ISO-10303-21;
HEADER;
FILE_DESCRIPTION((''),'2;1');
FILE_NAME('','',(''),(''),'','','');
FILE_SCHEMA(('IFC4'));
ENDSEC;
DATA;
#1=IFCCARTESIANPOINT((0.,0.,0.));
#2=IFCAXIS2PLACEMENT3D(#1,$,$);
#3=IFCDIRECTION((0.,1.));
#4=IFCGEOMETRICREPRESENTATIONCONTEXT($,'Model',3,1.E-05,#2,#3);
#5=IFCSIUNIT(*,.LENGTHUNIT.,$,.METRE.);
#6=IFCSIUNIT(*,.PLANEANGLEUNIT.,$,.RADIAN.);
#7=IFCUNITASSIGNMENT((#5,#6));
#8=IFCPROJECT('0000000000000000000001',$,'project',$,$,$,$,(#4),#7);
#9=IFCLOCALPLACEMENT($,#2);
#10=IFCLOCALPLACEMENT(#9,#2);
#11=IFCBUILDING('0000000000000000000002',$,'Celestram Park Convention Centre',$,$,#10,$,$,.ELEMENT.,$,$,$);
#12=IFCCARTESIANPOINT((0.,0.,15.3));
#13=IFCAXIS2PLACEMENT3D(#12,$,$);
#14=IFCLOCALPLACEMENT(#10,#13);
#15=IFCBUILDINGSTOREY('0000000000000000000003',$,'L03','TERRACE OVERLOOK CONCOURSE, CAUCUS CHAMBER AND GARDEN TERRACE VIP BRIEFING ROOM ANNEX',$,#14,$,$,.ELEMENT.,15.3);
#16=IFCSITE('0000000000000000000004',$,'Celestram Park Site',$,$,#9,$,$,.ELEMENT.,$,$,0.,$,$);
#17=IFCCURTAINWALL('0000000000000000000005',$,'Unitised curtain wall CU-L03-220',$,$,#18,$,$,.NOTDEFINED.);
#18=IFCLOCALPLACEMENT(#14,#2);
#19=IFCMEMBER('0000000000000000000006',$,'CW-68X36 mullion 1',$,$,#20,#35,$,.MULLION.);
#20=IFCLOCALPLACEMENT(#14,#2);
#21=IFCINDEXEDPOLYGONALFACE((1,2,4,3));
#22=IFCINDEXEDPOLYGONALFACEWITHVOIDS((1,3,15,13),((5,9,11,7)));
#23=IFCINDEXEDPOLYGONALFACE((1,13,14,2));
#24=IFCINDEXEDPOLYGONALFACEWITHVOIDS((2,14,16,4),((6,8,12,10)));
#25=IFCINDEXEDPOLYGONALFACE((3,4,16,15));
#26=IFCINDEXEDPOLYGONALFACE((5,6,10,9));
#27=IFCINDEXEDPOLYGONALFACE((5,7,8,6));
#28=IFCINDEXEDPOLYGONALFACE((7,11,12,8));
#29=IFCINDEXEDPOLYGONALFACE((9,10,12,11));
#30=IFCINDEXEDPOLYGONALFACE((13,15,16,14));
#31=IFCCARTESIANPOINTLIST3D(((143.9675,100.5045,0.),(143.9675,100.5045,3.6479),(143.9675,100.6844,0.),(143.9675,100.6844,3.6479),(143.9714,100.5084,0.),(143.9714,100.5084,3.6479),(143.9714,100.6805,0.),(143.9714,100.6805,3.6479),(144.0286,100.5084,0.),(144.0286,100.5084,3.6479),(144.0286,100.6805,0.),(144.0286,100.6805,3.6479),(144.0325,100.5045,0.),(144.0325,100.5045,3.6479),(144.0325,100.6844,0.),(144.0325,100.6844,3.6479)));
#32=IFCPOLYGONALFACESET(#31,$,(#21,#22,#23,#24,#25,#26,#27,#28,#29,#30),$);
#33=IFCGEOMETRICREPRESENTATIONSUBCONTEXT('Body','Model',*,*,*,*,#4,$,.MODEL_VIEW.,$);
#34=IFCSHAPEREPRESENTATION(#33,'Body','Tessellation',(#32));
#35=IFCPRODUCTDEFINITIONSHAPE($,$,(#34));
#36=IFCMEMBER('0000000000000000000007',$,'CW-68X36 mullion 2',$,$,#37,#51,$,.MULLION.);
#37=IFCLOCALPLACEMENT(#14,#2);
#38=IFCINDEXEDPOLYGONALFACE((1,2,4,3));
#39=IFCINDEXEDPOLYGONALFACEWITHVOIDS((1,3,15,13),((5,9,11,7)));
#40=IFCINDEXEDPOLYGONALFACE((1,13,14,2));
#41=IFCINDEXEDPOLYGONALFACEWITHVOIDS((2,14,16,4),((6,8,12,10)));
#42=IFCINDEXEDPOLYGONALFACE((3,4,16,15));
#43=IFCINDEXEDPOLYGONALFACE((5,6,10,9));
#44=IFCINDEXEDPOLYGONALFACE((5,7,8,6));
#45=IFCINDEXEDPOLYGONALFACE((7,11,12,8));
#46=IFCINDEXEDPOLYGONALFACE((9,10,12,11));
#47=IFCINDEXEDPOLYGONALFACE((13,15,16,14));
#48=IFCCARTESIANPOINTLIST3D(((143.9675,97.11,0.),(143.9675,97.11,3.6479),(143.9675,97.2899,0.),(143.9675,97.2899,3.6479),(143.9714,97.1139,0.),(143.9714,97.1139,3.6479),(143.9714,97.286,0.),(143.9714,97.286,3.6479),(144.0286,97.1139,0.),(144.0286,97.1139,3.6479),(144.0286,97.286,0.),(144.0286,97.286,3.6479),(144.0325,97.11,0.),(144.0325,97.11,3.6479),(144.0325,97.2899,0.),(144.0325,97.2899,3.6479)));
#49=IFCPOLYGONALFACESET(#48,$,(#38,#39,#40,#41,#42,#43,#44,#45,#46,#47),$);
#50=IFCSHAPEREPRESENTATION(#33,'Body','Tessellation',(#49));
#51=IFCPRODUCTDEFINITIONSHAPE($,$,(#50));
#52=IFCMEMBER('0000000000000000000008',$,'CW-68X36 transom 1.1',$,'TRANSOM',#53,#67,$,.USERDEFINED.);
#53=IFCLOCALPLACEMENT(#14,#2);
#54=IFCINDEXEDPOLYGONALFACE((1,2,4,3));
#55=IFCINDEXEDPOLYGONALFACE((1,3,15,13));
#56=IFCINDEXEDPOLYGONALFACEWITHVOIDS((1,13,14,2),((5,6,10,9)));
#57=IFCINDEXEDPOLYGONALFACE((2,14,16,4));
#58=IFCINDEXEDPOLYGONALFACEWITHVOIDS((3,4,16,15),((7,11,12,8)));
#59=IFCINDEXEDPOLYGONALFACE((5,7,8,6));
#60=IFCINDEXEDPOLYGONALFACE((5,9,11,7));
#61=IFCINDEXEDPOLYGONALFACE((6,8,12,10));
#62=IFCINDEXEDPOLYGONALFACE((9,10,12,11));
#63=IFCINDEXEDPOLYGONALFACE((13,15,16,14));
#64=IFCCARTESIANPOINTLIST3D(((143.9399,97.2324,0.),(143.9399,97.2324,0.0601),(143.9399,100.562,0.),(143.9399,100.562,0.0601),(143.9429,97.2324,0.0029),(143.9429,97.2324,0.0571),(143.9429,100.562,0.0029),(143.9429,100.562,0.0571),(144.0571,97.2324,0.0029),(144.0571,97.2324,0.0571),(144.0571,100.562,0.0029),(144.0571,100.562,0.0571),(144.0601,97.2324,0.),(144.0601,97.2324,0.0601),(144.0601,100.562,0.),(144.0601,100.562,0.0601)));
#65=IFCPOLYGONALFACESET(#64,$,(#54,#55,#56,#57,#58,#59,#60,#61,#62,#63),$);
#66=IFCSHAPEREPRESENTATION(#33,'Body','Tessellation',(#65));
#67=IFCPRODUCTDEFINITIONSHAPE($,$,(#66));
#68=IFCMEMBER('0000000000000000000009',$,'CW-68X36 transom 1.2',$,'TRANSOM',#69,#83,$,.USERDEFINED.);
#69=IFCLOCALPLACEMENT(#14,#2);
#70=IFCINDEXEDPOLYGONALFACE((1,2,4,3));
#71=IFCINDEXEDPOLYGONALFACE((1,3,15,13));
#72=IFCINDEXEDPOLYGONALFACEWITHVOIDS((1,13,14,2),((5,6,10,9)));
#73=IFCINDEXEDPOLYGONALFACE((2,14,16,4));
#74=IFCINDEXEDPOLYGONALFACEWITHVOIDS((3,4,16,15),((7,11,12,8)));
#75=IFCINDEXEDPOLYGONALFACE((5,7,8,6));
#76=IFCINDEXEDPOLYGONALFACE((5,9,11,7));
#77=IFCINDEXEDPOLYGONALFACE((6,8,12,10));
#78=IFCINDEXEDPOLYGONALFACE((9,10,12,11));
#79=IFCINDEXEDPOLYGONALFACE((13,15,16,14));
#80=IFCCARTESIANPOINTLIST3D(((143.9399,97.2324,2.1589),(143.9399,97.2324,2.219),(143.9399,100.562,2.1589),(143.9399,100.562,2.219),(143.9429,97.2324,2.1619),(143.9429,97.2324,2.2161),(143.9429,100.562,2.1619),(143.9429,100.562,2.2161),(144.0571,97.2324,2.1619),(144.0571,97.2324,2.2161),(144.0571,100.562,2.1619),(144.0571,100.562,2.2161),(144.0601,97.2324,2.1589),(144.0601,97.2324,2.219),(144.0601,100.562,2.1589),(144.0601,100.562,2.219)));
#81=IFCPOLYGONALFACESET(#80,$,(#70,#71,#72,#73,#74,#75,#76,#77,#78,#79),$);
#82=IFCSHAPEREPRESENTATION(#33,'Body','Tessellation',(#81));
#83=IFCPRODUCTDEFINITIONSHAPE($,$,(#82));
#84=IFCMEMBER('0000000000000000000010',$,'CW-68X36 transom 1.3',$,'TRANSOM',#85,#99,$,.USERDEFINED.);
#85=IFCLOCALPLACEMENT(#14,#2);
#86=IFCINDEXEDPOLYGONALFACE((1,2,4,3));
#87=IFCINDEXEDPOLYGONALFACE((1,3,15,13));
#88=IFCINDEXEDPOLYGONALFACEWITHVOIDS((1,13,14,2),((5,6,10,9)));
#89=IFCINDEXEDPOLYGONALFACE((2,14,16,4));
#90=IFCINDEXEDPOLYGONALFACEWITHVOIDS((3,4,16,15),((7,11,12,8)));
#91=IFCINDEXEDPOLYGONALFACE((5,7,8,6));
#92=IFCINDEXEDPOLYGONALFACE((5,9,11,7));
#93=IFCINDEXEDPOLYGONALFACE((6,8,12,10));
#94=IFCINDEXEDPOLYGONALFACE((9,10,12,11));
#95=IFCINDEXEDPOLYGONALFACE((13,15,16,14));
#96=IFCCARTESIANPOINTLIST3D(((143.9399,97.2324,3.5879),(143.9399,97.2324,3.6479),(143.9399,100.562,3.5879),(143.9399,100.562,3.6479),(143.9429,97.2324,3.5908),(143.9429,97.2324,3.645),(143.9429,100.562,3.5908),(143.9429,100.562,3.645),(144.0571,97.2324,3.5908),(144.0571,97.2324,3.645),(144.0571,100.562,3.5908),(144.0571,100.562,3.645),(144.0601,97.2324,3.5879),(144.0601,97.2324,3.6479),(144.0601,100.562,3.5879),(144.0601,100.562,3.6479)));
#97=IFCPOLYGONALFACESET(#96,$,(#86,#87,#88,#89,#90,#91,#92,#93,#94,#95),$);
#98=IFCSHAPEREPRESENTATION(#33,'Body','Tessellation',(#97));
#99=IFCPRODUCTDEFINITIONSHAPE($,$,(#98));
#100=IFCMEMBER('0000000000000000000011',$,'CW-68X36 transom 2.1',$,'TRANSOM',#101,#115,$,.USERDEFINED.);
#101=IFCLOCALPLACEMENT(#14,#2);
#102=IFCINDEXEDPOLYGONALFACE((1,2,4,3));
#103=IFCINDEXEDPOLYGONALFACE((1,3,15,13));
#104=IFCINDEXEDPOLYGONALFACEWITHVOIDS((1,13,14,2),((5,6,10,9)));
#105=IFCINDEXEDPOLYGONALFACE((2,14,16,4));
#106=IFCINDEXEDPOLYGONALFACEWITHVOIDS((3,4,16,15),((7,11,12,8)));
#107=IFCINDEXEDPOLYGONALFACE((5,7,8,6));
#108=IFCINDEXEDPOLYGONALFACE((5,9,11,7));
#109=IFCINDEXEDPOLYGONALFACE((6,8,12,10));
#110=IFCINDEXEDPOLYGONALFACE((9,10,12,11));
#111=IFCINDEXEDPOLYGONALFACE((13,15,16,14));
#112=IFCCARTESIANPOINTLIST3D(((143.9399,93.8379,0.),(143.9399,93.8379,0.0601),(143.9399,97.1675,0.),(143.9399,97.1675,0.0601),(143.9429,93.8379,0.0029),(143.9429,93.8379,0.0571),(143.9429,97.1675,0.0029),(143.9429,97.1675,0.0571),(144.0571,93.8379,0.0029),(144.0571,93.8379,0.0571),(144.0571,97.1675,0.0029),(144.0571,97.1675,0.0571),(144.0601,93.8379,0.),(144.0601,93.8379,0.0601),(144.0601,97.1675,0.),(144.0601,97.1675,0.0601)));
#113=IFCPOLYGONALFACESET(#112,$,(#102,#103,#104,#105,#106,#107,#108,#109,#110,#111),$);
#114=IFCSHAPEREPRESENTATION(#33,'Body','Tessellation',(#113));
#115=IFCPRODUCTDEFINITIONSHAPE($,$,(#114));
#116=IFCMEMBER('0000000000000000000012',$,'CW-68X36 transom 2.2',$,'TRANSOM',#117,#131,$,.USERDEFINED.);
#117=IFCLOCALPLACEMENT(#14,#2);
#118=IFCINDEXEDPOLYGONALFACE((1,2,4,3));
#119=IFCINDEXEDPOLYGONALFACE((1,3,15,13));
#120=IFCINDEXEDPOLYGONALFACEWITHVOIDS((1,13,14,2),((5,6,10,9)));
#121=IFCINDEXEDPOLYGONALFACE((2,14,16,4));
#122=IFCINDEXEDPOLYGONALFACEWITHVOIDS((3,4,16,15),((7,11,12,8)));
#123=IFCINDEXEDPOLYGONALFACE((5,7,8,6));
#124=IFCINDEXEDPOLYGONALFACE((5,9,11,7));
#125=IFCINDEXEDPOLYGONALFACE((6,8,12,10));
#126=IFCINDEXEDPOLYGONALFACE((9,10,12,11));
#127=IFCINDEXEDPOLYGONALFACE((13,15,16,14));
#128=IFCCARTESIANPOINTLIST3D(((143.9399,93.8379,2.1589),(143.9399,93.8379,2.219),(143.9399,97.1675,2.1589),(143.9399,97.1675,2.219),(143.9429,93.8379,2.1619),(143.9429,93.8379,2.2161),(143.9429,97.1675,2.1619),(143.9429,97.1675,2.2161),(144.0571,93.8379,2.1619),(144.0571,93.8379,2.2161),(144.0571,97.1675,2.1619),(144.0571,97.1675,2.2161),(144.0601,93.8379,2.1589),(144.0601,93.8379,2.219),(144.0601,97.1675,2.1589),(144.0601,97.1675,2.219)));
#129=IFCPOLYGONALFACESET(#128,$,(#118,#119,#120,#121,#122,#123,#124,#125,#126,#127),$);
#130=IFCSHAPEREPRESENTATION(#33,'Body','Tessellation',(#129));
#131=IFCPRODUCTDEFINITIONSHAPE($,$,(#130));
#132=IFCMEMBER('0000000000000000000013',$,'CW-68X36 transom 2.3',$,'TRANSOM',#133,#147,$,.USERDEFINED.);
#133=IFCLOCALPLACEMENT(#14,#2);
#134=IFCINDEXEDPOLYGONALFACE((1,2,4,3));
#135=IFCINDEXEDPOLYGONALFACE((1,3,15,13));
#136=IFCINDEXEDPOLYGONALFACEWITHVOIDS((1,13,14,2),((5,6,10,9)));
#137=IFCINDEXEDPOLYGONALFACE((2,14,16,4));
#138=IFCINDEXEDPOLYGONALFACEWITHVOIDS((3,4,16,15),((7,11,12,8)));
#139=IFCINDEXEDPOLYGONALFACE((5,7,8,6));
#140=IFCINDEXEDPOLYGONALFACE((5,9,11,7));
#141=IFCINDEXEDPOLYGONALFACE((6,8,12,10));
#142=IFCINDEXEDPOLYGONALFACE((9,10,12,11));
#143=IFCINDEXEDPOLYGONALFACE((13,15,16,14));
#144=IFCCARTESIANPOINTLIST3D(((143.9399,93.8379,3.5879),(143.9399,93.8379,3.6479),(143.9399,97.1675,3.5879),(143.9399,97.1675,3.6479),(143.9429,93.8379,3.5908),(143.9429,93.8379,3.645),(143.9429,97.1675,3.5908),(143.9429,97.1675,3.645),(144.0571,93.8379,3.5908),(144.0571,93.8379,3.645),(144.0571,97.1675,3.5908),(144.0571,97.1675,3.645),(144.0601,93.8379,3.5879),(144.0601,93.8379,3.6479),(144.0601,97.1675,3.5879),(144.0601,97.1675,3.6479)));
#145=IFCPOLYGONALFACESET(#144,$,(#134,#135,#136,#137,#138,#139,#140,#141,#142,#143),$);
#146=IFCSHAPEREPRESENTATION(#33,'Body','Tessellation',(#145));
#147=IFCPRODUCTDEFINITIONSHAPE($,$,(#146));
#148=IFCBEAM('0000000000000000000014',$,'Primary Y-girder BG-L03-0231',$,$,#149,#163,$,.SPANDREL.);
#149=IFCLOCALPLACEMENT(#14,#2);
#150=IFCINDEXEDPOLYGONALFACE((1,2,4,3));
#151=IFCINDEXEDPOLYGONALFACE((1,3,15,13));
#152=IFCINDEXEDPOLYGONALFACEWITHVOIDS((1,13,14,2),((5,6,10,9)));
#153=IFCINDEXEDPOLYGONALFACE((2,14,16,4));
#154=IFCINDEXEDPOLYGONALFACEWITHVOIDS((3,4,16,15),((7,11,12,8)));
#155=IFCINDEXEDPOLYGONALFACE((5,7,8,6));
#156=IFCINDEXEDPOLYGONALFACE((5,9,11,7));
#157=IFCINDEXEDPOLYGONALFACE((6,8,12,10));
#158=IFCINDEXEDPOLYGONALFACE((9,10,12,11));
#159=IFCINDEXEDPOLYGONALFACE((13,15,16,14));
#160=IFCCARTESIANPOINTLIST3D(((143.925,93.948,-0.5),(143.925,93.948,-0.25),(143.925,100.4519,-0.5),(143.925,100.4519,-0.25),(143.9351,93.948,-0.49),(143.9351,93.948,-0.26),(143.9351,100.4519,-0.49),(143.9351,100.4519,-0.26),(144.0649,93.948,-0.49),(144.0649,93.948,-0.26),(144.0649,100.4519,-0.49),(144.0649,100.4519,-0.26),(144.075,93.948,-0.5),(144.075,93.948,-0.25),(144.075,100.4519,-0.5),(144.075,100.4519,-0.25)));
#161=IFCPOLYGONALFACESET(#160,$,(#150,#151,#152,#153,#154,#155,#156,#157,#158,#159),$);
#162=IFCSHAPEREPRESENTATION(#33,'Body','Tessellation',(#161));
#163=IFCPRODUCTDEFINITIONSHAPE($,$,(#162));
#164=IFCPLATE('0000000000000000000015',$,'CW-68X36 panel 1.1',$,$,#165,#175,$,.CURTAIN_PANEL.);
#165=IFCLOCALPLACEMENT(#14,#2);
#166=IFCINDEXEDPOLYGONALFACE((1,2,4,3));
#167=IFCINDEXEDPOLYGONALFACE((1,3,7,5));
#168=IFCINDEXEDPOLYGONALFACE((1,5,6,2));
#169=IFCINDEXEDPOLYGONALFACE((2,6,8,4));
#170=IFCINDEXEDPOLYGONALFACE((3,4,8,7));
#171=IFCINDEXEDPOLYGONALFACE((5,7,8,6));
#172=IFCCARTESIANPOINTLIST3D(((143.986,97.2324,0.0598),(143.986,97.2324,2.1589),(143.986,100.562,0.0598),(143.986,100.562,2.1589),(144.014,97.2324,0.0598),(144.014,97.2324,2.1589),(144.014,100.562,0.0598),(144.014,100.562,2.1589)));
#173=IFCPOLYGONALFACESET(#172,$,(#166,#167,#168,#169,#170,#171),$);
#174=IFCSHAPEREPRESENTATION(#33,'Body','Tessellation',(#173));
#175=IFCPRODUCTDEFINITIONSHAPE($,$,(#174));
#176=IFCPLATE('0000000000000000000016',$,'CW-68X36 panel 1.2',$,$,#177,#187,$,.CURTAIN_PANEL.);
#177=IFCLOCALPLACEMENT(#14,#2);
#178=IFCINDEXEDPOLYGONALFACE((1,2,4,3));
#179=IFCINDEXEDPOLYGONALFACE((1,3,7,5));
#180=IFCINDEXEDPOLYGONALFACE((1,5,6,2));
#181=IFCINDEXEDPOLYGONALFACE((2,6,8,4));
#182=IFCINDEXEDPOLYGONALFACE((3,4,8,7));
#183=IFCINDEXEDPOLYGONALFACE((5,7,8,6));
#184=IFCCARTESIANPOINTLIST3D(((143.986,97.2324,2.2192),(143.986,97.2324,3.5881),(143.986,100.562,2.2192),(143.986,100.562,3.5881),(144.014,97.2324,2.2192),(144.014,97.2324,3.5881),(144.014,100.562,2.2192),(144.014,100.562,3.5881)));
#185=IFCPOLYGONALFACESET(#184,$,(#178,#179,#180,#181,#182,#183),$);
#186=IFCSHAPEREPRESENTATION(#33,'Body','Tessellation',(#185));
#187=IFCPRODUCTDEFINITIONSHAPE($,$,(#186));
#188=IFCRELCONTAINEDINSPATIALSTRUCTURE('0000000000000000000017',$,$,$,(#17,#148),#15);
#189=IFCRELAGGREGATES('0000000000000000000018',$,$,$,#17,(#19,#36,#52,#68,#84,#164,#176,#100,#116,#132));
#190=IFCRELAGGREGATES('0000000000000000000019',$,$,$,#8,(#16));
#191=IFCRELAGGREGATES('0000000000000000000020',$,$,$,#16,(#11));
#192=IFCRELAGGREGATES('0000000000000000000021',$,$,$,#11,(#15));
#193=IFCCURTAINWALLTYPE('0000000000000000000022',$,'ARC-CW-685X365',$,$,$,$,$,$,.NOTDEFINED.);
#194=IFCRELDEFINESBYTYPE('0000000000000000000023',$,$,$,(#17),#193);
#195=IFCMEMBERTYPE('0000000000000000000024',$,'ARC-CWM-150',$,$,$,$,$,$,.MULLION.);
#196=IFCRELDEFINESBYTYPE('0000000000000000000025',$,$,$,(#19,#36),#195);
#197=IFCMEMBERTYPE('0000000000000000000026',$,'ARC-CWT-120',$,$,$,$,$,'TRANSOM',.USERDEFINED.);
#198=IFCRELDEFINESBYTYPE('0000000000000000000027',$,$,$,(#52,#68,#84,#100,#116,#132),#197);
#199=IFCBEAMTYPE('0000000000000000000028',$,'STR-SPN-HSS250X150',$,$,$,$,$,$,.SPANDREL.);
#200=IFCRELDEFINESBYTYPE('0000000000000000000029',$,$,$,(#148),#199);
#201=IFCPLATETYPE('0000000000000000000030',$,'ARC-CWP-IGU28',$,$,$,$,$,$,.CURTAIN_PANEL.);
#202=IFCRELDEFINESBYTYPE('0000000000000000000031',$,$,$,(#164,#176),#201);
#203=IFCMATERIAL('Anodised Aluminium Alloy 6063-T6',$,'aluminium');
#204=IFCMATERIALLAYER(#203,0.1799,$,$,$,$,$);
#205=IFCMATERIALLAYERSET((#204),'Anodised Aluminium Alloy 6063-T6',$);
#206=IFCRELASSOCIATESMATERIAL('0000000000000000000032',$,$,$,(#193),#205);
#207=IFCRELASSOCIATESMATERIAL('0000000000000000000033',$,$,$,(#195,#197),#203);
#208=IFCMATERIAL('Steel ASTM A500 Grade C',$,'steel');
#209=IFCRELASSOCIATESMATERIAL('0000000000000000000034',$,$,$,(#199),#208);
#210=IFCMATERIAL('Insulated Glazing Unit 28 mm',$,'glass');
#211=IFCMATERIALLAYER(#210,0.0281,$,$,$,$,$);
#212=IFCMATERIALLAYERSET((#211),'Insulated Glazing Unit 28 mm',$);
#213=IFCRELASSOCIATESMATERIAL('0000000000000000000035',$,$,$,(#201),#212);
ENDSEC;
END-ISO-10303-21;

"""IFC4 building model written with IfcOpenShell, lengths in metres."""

from ifc_helpers import new_model, si_unit, direction, frame, origin, origin_2d, place, context, subcontext, project, spatial, rectangle, hollow_rectangle, extrude, material, layer, layer_set, material_profile, profile_set, type_object, element, aggregate, save


model = new_model("IFC4")

# Units and contexts
model_context = context("Model", 3, precision=1e-05, world=origin(), true_north=direction((0.0, 1.0)))
body_context = subcontext(model_context, "Body", "Model", "MODEL_VIEW")
ifc_project = project(units=[si_unit("LENGTHUNIT", "METRE"), si_unit("PLANEANGLEUNIT", "RADIAN")], contexts=[model_context])

# Site, building, storey
site_placement = place(None, origin())
site = spatial("IfcSite", under=ifc_project, at=site_placement, Name="Celestram Park Site", CompositionType="ELEMENT", RefElevation=0.0)
building_placement = place(site_placement, origin())
building = spatial("IfcBuilding", under=site, at=building_placement, Name="Celestram Park Convention Centre", CompositionType="ELEMENT")
storey_placement = place(building_placement, frame((0.0, 0.0, 15.3)))
storey = spatial("IfcBuildingStorey", under=building, at=storey_placement, Name="L03", Description="TERRACE OVERLOOK CONCOURSE, CAUCUS CHAMBER AND GARDEN TERRACE VIP BRIEFING ROOM ANNEX", CompositionType="ELEMENT", Elevation=15.3)

# Curtain wall, members
ifc_material_1 = material(Name="Anodised Aluminium Alloy 6063-T6", Category="aluminium")
ifc_layer_1 = layer(ifc_material_1, 0.1799)
ifc_layer_set_1 = layer_set([ifc_layer_1], Name="Anodised Aluminium Alloy 6063-T6")
curtain_wall_type = type_object("IfcCurtainWallType", Name="ARC-CW-685X365", PredefinedType="NOTDEFINED", material=ifc_layer_set_1)
curtain_wall_placement = place(storey_placement, origin())
curtain_wall = element("IfcCurtainWall", 1, at=curtain_wall_placement, inside=storey, type_object=curtain_wall_type, Name="Unitised curtain wall CU-L03-220", PredefinedType="NOTDEFINED")
ifc_material_profile_1 = material_profile(ifc_material_1, hollow_rectangle(XDim=0.0649, YDim=0.1799, WallThickness=0.0039, at=origin_2d()), Name="ALU65X180X4")
ifc_profile_set_1 = profile_set([ifc_material_profile_1], Name="Anodised Aluminium Alloy 6063-T6")
member_type_1 = type_object("IfcMemberType", Name="ARC-CWM-150", PredefinedType="MULLION", material=ifc_profile_set_1)
member_1_placement = place(storey_placement, frame((144.0, 100.5945, 0.0), z_axis=(0.0, 0.0, 1.0), x_axis=(1.0, 0.0, 0.0)))
member_1 = element("IfcMember", 2, at=member_1_placement, type_object=member_type_1, Name="CW-68X36 mullion 1", PredefinedType="MULLION", context=body_context, shape_type="SweptSolid", body=[
    extrude(hollow_rectangle(XDim=0.0649, YDim=0.1799, WallThickness=0.0039, at=origin_2d()), origin(), (0.0, 0.0, 1.0), 3.6479),
])
member_2_placement = place(storey_placement, frame((144.0, 97.2, 0.0), z_axis=(0.0, 0.0, 1.0), x_axis=(1.0, 0.0, 0.0)))
member_2 = element("IfcMember", 3, at=member_2_placement, type_object=member_type_1, Name="CW-68X36 mullion 2", PredefinedType="MULLION", context=body_context, shape_type="SweptSolid", body=[
    extrude(hollow_rectangle(XDim=0.0649, YDim=0.1799, WallThickness=0.0039, at=origin_2d()), origin(), (0.0, 0.0, 1.0), 3.6479),
])
ifc_material_profile_2 = material_profile(ifc_material_1, hollow_rectangle(XDim=0.1201, YDim=0.0601, WallThickness=0.0029, at=origin_2d()), Name="ALU120X60X3")
ifc_profile_set_2 = profile_set([ifc_material_profile_2], Name="Anodised Aluminium Alloy 6063-T6")
member_type_2 = type_object("IfcMemberType", Name="ARC-CWT-120", ElementType="TRANSOM", PredefinedType="USERDEFINED", material=ifc_profile_set_2)
member_3_placement = place(storey_placement, frame((144.0, 100.562, 0.03), z_axis=(0.0, -1.0, 0.0), x_axis=(1.0, 0.0, 0.0)))
member_3 = element("IfcMember", 4, at=member_3_placement, type_object=member_type_2, Name="CW-68X36 transom 1.1", ObjectType="TRANSOM", PredefinedType="USERDEFINED", context=body_context, shape_type="SweptSolid", body=[
    extrude(hollow_rectangle(XDim=0.1201, YDim=0.0601, WallThickness=0.0029, at=origin_2d()), origin(), (0.0, 0.0, 1.0), 3.3296),
])
member_4_placement = place(storey_placement, frame((144.0, 100.562, 2.189), z_axis=(0.0, -1.0, 0.0), x_axis=(1.0, 0.0, 0.0)))
member_4 = element("IfcMember", 5, at=member_4_placement, type_object=member_type_2, Name="CW-68X36 transom 1.2", ObjectType="TRANSOM", PredefinedType="USERDEFINED", context=body_context, shape_type="SweptSolid", body=[
    extrude(hollow_rectangle(XDim=0.1201, YDim=0.0601, WallThickness=0.0029, at=origin_2d()), origin(), (0.0, 0.0, 1.0), 3.3296),
])
member_5_placement = place(storey_placement, frame((144.0, 100.562, 3.6179), z_axis=(0.0, -1.0, 0.0), x_axis=(1.0, 0.0, 0.0)))
member_5 = element("IfcMember", 6, at=member_5_placement, type_object=member_type_2, Name="CW-68X36 transom 1.3", ObjectType="TRANSOM", PredefinedType="USERDEFINED", context=body_context, shape_type="SweptSolid", body=[
    extrude(hollow_rectangle(XDim=0.1201, YDim=0.0601, WallThickness=0.0029, at=origin_2d()), origin(), (0.0, 0.0, 1.0), 3.3296),
])
member_6_placement = place(storey_placement, frame((144.0, 97.1675, 0.03), z_axis=(0.0, -1.0, 0.0), x_axis=(1.0, 0.0, 0.0)))
member_6 = element("IfcMember", 7, at=member_6_placement, type_object=member_type_2, Name="CW-68X36 transom 2.1", ObjectType="TRANSOM", PredefinedType="USERDEFINED", context=body_context, shape_type="SweptSolid", body=[
    extrude(hollow_rectangle(XDim=0.1201, YDim=0.0601, WallThickness=0.0029, at=origin_2d()), origin(), (0.0, 0.0, 1.0), 3.3296),
])
member_7_placement = place(storey_placement, frame((144.0, 97.1675, 2.189), z_axis=(0.0, -1.0, 0.0), x_axis=(1.0, 0.0, 0.0)))
member_7 = element("IfcMember", 8, at=member_7_placement, type_object=member_type_2, Name="CW-68X36 transom 2.2", ObjectType="TRANSOM", PredefinedType="USERDEFINED", context=body_context, shape_type="SweptSolid", body=[
    extrude(hollow_rectangle(XDim=0.1201, YDim=0.0601, WallThickness=0.0029, at=origin_2d()), origin(), (0.0, 0.0, 1.0), 3.3296),
])
member_8_placement = place(storey_placement, frame((144.0, 97.1675, 3.6179), z_axis=(0.0, -1.0, 0.0), x_axis=(1.0, 0.0, 0.0)))
member_8 = element("IfcMember", 9, at=member_8_placement, type_object=member_type_2, Name="CW-68X36 transom 2.3", ObjectType="TRANSOM", PredefinedType="USERDEFINED", context=body_context, shape_type="SweptSolid", body=[
    extrude(hollow_rectangle(XDim=0.1201, YDim=0.0601, WallThickness=0.0029, at=origin_2d()), origin(), (0.0, 0.0, 1.0), 3.3296),
])

# Beam
ifc_material_2 = material(Name="Steel ASTM A500 Grade C", Category="steel")
ifc_material_profile_3 = material_profile(ifc_material_2, hollow_rectangle(XDim=0.1499, YDim=0.25, WallThickness=0.01, at=origin_2d()), Name="HSS250X150X10")
ifc_profile_set_3 = profile_set([ifc_material_profile_3], Name="Steel ASTM A500 Grade C")
beam_type = type_object("IfcBeamType", Name="STR-SPN-HSS250X150", PredefinedType="SPANDREL", material=ifc_profile_set_3)
beam_placement = place(storey_placement, frame((144.0, 93.948, -0.375), z_axis=(0.0, 1.0, 0.0), x_axis=(-1.0, 0.0, 0.0)))
element("IfcBeam", 10, at=beam_placement, inside=storey, type_object=beam_type, Name="Primary Y-girder BG-L03-0231", PredefinedType="SPANDREL", context=body_context, shape_type="SweptSolid", body=[
    extrude(hollow_rectangle(XDim=0.1499, YDim=0.25, WallThickness=0.01, at=origin_2d()), origin(), (0.0, 0.0, 1.0), 6.5039),
])

# Plates
ifc_material_3 = material(Name="Insulated Glazing Unit 28 mm", Category="glass")
ifc_layer_2 = layer(ifc_material_3, 0.0281)
ifc_layer_set_2 = layer_set([ifc_layer_2], Name="Insulated Glazing Unit 28 mm")
plate_type = type_object("IfcPlateType", Name="ARC-CWP-IGU28", PredefinedType="CURTAIN_PANEL", material=ifc_layer_set_2)
plate_1_placement = place(storey_placement, frame((144.0, 98.8972, 0.0598), z_axis=(0.0, 0.0, 1.0), x_axis=(0.0, -1.0, 0.0)))
plate_1 = element("IfcPlate", 11, at=plate_1_placement, type_object=plate_type, Name="CW-68X36 panel 1.1", PredefinedType="CURTAIN_PANEL", context=body_context, shape_type="SweptSolid", body=[
    extrude(rectangle(XDim=3.3296, YDim=0.0281, at=origin_2d()), origin(), (0.0, 0.0, 1.0), 2.0991),
])
plate_2_placement = place(storey_placement, frame((144.0, 98.8972, 2.2192), z_axis=(0.0, 0.0, 1.0), x_axis=(0.0, -1.0, 0.0)))
plate_2 = element("IfcPlate", 12, at=plate_2_placement, type_object=plate_type, Name="CW-68X36 panel 1.2", PredefinedType="CURTAIN_PANEL", context=body_context, shape_type="SweptSolid", body=[
    extrude(rectangle(XDim=3.3296, YDim=0.0281, at=origin_2d()), origin(), (0.0, 0.0, 1.0), 1.3689),
])
aggregate(curtain_wall, [member_1, member_2, member_3, member_4, member_5, plate_1, plate_2, member_6, member_7, member_8])

save(model, "model.ifc")
